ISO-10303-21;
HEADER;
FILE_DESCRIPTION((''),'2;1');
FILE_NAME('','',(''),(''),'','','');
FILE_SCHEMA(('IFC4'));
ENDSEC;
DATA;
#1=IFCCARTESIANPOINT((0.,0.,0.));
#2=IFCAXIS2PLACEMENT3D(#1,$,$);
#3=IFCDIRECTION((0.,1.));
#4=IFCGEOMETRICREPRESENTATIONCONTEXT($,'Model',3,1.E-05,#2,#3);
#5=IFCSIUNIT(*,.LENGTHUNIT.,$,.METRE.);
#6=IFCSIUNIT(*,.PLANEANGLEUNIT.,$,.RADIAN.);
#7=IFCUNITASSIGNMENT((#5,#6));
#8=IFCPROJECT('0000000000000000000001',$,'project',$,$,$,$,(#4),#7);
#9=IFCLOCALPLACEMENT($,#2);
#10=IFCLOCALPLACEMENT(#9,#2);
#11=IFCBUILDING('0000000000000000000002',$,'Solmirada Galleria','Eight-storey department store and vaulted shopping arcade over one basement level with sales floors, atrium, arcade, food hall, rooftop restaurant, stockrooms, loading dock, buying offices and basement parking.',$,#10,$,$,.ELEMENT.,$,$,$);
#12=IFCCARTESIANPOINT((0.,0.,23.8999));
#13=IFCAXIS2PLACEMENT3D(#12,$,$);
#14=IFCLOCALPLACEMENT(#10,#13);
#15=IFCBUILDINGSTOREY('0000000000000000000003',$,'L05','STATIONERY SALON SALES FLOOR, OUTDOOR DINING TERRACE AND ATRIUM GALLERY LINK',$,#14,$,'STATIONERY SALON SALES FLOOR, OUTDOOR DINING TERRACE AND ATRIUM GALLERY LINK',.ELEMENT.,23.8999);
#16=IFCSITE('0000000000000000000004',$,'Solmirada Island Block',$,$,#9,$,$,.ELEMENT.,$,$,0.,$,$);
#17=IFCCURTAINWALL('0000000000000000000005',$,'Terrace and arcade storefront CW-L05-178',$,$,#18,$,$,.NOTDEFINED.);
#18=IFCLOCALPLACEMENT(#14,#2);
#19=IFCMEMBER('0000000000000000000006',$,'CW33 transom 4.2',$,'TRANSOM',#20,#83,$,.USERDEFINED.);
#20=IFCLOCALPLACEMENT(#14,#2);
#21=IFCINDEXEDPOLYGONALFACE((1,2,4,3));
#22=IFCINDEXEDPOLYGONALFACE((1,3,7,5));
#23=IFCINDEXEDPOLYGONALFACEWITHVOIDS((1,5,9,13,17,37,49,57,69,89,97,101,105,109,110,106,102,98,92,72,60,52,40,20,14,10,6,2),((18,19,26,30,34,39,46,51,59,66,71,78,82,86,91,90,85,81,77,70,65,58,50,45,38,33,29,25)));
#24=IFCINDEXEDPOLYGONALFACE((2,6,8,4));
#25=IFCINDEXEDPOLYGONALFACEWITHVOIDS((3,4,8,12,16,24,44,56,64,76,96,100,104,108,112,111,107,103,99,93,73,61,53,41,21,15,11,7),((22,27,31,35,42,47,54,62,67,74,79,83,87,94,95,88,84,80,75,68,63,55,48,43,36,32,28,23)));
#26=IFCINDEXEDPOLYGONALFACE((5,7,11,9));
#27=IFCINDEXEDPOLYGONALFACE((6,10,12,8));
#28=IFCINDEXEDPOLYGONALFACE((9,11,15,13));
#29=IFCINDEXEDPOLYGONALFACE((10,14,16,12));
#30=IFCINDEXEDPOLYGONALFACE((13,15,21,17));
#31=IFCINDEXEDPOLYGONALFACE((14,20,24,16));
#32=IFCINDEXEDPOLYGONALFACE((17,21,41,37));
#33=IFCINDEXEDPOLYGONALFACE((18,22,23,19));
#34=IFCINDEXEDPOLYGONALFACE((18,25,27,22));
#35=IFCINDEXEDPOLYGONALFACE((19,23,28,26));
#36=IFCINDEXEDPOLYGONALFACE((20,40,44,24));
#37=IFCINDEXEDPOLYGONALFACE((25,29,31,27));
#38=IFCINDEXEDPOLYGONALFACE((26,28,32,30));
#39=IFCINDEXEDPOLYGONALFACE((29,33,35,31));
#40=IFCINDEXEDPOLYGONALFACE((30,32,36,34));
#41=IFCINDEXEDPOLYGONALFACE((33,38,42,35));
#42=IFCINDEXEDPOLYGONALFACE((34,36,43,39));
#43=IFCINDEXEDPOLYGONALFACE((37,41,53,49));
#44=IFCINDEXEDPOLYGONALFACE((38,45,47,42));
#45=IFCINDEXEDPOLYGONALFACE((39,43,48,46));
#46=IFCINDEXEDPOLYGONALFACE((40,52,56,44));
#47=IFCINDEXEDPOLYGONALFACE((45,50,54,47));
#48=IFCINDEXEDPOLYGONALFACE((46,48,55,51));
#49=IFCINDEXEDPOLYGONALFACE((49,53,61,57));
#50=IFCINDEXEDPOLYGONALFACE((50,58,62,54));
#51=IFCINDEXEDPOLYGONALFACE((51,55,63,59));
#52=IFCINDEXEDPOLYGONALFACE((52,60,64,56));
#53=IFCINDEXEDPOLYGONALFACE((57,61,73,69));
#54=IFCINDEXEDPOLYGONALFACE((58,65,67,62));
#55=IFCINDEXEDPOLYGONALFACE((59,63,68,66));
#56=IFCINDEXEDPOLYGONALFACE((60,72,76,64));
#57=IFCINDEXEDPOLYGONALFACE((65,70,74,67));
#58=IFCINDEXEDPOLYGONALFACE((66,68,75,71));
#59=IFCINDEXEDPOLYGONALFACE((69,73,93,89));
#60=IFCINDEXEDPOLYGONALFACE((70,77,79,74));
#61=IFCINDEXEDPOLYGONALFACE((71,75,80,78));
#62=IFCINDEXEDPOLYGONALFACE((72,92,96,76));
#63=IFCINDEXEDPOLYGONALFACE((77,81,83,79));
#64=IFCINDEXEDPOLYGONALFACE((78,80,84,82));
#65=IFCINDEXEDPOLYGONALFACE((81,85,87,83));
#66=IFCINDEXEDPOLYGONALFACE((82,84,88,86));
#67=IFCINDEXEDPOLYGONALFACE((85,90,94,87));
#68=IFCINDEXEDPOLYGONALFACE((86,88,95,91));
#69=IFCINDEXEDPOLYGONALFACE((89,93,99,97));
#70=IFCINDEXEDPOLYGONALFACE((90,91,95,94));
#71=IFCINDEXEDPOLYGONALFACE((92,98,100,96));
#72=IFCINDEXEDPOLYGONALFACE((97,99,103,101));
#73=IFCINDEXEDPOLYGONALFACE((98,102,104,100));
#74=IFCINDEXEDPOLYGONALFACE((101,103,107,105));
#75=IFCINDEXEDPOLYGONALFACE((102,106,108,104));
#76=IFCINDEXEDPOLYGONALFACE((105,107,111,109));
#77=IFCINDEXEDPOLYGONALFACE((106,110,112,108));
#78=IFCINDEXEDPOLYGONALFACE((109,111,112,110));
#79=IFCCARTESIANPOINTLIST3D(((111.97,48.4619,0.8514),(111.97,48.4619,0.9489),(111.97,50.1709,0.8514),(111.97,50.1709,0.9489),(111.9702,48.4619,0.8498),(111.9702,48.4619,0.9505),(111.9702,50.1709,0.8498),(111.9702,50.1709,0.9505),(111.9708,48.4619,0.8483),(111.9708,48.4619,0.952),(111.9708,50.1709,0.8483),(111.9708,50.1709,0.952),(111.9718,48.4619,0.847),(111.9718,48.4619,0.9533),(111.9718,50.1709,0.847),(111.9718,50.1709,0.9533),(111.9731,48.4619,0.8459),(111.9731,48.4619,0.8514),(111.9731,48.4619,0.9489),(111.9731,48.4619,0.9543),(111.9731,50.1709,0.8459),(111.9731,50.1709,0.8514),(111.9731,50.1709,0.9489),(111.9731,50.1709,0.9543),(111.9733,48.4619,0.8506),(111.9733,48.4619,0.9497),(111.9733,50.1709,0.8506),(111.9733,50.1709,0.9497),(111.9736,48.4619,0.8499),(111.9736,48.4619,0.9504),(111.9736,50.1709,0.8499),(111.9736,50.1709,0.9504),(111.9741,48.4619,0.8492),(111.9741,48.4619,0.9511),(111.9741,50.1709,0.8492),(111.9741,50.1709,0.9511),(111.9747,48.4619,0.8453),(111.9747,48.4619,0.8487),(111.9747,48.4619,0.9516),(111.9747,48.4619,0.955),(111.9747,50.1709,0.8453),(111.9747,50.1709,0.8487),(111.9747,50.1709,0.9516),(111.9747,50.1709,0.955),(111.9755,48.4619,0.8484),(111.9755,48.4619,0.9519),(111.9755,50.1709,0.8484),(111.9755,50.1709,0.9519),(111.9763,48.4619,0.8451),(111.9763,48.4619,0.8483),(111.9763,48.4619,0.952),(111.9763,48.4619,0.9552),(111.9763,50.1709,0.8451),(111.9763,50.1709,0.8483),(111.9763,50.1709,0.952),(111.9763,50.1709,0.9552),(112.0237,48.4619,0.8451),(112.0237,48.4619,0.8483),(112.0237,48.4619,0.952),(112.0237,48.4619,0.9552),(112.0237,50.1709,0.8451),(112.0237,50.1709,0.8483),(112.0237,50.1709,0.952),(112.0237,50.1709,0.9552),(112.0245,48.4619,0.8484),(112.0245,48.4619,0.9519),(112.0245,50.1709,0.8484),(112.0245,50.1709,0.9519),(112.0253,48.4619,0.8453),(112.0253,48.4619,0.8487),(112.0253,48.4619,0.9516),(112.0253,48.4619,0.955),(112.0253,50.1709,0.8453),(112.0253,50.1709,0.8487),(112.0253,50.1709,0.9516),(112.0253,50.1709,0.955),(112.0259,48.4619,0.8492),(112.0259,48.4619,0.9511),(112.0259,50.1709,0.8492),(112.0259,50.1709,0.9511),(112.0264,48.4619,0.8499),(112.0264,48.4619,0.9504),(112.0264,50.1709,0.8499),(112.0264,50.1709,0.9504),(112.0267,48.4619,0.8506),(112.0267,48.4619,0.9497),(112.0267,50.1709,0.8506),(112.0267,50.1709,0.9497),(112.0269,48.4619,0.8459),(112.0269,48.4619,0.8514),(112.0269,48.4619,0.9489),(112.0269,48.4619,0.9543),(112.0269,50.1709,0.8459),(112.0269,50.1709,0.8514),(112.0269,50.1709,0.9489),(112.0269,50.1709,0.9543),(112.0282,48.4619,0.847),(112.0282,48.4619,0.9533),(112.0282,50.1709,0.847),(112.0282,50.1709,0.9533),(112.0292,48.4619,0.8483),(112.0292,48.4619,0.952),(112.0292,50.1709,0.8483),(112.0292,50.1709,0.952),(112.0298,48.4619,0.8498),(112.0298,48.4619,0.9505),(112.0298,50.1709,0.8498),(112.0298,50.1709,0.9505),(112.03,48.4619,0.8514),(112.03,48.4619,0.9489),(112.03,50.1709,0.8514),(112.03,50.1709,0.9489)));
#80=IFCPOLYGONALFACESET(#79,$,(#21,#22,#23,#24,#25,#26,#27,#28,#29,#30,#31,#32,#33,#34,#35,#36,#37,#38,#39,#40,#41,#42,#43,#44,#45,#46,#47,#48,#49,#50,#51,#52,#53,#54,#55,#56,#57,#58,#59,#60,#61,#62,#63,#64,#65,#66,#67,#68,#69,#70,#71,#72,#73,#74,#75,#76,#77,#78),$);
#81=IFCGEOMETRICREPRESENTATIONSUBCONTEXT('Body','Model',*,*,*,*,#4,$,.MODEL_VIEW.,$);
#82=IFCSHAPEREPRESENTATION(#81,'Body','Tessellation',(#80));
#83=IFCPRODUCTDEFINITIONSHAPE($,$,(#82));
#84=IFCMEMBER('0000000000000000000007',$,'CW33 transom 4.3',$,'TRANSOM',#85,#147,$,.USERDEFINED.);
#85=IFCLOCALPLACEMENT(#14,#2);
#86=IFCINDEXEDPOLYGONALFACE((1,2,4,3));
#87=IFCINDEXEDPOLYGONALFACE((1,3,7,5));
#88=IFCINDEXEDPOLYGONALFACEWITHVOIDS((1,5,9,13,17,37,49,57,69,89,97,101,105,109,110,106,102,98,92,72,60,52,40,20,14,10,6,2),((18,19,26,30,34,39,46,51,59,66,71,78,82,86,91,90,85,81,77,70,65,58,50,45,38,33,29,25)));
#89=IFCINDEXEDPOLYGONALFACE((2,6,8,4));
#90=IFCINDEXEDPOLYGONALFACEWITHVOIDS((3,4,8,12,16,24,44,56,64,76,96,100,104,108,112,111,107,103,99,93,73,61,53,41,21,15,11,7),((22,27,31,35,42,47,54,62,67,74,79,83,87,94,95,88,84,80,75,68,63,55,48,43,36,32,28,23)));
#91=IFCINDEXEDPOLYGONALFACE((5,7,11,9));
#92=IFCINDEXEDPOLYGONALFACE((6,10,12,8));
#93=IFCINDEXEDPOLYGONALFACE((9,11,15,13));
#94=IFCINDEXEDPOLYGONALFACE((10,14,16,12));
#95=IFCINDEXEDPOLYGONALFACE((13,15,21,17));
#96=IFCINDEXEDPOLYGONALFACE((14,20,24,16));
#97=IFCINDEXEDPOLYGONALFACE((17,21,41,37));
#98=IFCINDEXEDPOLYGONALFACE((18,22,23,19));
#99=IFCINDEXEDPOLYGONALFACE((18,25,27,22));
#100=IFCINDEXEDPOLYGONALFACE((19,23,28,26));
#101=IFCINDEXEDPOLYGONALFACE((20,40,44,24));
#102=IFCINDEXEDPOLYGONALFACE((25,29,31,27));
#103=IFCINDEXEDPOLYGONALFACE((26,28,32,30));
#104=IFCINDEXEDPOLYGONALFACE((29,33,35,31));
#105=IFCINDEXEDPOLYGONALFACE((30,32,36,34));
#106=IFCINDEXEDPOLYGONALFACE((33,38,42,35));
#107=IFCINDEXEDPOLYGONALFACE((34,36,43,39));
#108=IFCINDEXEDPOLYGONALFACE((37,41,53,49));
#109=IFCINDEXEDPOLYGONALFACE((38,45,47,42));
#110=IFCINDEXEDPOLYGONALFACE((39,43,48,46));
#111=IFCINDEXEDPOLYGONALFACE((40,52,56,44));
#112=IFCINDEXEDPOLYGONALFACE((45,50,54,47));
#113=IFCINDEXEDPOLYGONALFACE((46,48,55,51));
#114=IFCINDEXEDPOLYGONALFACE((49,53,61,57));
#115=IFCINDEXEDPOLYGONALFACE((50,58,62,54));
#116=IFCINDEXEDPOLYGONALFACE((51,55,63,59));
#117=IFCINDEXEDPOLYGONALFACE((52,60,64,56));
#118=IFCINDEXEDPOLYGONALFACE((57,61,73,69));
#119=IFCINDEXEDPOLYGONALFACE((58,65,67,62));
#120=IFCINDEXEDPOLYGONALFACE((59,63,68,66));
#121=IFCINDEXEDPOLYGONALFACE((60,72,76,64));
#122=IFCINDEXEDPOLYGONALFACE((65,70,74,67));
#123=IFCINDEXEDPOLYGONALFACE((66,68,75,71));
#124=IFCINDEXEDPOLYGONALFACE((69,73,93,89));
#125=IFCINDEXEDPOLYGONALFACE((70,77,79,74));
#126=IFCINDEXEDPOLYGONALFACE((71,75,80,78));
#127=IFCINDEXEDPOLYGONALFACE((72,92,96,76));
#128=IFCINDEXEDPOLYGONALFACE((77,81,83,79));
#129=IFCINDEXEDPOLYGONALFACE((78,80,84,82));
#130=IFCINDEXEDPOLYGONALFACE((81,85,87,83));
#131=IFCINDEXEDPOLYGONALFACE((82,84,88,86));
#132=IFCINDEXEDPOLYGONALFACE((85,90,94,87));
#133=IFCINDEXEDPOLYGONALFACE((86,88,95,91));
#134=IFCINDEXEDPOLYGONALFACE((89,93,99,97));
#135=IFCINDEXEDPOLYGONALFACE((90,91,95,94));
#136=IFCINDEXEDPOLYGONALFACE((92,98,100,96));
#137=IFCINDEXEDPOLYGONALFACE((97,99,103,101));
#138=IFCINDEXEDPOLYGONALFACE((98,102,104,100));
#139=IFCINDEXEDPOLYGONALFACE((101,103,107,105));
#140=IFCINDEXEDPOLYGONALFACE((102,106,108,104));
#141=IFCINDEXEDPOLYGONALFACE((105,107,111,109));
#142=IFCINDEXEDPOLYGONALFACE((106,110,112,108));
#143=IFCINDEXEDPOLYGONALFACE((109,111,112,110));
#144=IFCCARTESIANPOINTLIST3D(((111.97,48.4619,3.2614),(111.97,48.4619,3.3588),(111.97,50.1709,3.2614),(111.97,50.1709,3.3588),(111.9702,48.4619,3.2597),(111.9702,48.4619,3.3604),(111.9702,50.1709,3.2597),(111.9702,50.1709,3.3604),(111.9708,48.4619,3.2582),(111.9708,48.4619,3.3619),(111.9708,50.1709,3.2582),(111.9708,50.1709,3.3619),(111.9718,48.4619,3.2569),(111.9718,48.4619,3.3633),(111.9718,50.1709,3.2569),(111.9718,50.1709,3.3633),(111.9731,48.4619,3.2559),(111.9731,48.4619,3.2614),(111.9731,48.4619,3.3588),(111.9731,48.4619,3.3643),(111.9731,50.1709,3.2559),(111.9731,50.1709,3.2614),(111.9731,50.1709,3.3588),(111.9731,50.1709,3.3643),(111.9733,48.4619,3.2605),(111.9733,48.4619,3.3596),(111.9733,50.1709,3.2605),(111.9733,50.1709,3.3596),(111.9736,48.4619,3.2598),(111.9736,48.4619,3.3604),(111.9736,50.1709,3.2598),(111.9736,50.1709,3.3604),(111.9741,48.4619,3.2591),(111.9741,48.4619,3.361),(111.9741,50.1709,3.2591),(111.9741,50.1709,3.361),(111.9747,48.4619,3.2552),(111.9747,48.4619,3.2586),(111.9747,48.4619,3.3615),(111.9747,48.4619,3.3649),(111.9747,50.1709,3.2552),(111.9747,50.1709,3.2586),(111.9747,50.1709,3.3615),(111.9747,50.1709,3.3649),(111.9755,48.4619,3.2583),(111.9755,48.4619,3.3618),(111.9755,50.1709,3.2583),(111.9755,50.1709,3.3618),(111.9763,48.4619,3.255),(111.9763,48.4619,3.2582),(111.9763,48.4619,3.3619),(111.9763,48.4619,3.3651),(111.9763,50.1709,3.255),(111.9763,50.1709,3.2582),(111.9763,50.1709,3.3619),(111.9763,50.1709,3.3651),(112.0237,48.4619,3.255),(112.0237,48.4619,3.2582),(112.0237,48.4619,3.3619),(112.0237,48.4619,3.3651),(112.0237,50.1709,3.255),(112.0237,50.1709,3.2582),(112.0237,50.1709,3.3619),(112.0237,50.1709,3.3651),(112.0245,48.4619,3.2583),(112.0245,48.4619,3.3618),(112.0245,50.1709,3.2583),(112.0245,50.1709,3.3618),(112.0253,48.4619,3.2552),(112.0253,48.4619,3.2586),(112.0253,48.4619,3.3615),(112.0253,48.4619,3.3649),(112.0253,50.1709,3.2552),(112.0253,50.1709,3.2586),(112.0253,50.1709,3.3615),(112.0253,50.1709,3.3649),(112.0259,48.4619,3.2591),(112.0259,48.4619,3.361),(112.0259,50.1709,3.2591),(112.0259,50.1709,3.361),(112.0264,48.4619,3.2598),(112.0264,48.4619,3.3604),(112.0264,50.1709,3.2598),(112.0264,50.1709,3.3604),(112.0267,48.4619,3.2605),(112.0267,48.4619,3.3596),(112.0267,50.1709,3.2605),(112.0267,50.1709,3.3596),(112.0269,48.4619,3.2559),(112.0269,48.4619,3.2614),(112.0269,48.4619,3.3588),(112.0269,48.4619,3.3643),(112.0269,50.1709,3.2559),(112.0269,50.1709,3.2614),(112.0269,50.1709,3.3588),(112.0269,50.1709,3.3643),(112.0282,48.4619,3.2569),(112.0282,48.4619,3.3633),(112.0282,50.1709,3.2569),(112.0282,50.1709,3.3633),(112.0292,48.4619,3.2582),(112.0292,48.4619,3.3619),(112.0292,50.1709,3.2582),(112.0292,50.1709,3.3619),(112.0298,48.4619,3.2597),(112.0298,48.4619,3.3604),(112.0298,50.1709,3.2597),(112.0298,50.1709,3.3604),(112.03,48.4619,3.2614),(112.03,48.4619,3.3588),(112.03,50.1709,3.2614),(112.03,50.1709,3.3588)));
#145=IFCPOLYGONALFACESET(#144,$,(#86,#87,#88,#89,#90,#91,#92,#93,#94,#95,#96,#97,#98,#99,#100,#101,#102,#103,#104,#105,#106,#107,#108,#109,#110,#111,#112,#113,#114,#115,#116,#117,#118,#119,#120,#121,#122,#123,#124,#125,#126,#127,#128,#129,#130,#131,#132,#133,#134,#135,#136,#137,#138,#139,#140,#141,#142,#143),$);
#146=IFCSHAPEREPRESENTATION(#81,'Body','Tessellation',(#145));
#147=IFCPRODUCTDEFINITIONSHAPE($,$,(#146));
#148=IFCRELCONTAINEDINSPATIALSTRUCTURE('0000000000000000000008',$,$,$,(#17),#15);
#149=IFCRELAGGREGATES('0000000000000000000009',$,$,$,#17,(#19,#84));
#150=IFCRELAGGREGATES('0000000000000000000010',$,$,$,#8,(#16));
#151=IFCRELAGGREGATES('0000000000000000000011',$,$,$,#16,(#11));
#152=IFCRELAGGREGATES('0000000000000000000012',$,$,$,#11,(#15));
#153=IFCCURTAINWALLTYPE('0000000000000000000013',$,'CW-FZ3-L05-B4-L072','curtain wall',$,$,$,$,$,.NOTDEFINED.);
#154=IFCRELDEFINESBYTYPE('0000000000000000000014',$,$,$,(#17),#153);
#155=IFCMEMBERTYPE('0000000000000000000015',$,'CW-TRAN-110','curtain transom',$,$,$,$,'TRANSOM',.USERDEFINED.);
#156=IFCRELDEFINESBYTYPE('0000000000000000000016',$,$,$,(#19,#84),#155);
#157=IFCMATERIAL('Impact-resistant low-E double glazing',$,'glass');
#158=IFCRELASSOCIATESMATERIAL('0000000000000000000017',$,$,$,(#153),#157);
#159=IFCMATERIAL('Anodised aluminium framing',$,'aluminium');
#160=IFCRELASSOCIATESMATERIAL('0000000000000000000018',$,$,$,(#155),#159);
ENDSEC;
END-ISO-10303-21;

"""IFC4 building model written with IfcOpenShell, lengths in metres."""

from ifc_helpers import new_model, si_unit, direction, frame, origin, origin_2d, place, context, subcontext, project, spatial, hollow_rectangle, extrude, material, material_profile, profile_set, type_object, element, aggregate, save


model = new_model("IFC4")

# Units and contexts
model_context = context("Model", 3, precision=1e-05, world=origin(), true_north=direction((0.0, 1.0)))
body_context = subcontext(model_context, "Body", "Model", "MODEL_VIEW")
ifc_project = project(units=[si_unit("LENGTHUNIT", "METRE"), si_unit("PLANEANGLEUNIT", "RADIAN")], contexts=[model_context])

# Site, building, storey
site_placement = place(None, origin())
site = spatial("IfcSite", under=ifc_project, at=site_placement, Name="Solmirada Island Block", CompositionType="ELEMENT", RefElevation=0.0)
building_placement = place(site_placement, origin())
building = spatial("IfcBuilding", under=site, at=building_placement, Name="Solmirada Galleria", Description="Eight-storey department store and vaulted shopping arcade over one basement level with sales floors, atrium, arcade, food hall, rooftop restaurant, stockrooms, loading dock, buying offices and basement parking.", CompositionType="ELEMENT")
storey_placement = place(building_placement, frame((0.0, 0.0, 23.8999)))
storey = spatial("IfcBuildingStorey", under=building, at=storey_placement, Name="L05", Description="STATIONERY SALON SALES FLOOR, OUTDOOR DINING TERRACE AND ATRIUM GALLERY LINK", LongName="STATIONERY SALON SALES FLOOR, OUTDOOR DINING TERRACE AND ATRIUM GALLERY LINK", CompositionType="ELEMENT", Elevation=23.8999)

# Curtain wall
ifc_material_1 = material(Name="Impact-resistant low-E double glazing", Category="glass")
curtain_wall_type = type_object("IfcCurtainWallType", Name="CW-FZ3-L05-B4-L072", Description="curtain wall", PredefinedType="NOTDEFINED", material=ifc_material_1)
curtain_wall_1_placement = place(storey_placement, origin())
curtain_wall_1 = element("IfcCurtainWall", 1, at=curtain_wall_1_placement, inside=storey, type_object=curtain_wall_type, Name="Terrace and arcade storefront CW-L05-178", PredefinedType="NOTDEFINED")
ifc_material_2 = material(Name="Anodised aluminium framing", Category="aluminium")

# Members
ifc_material_profile_1 = material_profile(ifc_material_2, hollow_rectangle(XDim=0.0601, YDim=0.1101, WallThickness=0.0032, InnerFilletRadius=0.0032, OuterFilletRadius=0.0063, at=origin_2d()), Name="ALU-TRAN-110X60")
ifc_profile_set_1 = profile_set([ifc_material_profile_1], Name="Anodised aluminium framing")
member_type_1 = type_object("IfcMemberType", Name="CW-TRAN-110", Description="curtain transom", ElementType="TRANSOM", PredefinedType="USERDEFINED", material=ifc_profile_set_1)
member_1_placement = place(storey_placement, frame((112.0, 50.1709, 0.9001), z_axis=(0.0, -1.0, 0.0), x_axis=(1.0, 0.0, 0.0)))
member_1 = element("IfcMember", 2, at=member_1_placement, type_object=member_type_1, Name="CW33 transom 4.2", ObjectType="TRANSOM", PredefinedType="USERDEFINED", context=body_context, shape_type="SweptSolid", body=[
    extrude(hollow_rectangle(XDim=0.0601, YDim=0.1101, WallThickness=0.0032, InnerFilletRadius=0.0032, OuterFilletRadius=0.0063, at=origin_2d()), origin(), (0.0, 0.0, 1.0), 1.709),
])
member_2_placement = place(storey_placement, frame((112.0, 50.1709, 3.3101), z_axis=(0.0, -1.0, 0.0), x_axis=(1.0, 0.0, 0.0)))
member_2 = element("IfcMember", 3, at=member_2_placement, type_object=member_type_1, Name="CW33 transom 4.3", ObjectType="TRANSOM", PredefinedType="USERDEFINED", context=body_context, shape_type="SweptSolid", body=[
    extrude(hollow_rectangle(XDim=0.0601, YDim=0.1101, WallThickness=0.0032, InnerFilletRadius=0.0032, OuterFilletRadius=0.0063, at=origin_2d()), origin(), (0.0, 0.0, 1.0), 1.709),
])

aggregate(curtain_wall_1, [member_1, member_2])

save(model, "model.ifc")
